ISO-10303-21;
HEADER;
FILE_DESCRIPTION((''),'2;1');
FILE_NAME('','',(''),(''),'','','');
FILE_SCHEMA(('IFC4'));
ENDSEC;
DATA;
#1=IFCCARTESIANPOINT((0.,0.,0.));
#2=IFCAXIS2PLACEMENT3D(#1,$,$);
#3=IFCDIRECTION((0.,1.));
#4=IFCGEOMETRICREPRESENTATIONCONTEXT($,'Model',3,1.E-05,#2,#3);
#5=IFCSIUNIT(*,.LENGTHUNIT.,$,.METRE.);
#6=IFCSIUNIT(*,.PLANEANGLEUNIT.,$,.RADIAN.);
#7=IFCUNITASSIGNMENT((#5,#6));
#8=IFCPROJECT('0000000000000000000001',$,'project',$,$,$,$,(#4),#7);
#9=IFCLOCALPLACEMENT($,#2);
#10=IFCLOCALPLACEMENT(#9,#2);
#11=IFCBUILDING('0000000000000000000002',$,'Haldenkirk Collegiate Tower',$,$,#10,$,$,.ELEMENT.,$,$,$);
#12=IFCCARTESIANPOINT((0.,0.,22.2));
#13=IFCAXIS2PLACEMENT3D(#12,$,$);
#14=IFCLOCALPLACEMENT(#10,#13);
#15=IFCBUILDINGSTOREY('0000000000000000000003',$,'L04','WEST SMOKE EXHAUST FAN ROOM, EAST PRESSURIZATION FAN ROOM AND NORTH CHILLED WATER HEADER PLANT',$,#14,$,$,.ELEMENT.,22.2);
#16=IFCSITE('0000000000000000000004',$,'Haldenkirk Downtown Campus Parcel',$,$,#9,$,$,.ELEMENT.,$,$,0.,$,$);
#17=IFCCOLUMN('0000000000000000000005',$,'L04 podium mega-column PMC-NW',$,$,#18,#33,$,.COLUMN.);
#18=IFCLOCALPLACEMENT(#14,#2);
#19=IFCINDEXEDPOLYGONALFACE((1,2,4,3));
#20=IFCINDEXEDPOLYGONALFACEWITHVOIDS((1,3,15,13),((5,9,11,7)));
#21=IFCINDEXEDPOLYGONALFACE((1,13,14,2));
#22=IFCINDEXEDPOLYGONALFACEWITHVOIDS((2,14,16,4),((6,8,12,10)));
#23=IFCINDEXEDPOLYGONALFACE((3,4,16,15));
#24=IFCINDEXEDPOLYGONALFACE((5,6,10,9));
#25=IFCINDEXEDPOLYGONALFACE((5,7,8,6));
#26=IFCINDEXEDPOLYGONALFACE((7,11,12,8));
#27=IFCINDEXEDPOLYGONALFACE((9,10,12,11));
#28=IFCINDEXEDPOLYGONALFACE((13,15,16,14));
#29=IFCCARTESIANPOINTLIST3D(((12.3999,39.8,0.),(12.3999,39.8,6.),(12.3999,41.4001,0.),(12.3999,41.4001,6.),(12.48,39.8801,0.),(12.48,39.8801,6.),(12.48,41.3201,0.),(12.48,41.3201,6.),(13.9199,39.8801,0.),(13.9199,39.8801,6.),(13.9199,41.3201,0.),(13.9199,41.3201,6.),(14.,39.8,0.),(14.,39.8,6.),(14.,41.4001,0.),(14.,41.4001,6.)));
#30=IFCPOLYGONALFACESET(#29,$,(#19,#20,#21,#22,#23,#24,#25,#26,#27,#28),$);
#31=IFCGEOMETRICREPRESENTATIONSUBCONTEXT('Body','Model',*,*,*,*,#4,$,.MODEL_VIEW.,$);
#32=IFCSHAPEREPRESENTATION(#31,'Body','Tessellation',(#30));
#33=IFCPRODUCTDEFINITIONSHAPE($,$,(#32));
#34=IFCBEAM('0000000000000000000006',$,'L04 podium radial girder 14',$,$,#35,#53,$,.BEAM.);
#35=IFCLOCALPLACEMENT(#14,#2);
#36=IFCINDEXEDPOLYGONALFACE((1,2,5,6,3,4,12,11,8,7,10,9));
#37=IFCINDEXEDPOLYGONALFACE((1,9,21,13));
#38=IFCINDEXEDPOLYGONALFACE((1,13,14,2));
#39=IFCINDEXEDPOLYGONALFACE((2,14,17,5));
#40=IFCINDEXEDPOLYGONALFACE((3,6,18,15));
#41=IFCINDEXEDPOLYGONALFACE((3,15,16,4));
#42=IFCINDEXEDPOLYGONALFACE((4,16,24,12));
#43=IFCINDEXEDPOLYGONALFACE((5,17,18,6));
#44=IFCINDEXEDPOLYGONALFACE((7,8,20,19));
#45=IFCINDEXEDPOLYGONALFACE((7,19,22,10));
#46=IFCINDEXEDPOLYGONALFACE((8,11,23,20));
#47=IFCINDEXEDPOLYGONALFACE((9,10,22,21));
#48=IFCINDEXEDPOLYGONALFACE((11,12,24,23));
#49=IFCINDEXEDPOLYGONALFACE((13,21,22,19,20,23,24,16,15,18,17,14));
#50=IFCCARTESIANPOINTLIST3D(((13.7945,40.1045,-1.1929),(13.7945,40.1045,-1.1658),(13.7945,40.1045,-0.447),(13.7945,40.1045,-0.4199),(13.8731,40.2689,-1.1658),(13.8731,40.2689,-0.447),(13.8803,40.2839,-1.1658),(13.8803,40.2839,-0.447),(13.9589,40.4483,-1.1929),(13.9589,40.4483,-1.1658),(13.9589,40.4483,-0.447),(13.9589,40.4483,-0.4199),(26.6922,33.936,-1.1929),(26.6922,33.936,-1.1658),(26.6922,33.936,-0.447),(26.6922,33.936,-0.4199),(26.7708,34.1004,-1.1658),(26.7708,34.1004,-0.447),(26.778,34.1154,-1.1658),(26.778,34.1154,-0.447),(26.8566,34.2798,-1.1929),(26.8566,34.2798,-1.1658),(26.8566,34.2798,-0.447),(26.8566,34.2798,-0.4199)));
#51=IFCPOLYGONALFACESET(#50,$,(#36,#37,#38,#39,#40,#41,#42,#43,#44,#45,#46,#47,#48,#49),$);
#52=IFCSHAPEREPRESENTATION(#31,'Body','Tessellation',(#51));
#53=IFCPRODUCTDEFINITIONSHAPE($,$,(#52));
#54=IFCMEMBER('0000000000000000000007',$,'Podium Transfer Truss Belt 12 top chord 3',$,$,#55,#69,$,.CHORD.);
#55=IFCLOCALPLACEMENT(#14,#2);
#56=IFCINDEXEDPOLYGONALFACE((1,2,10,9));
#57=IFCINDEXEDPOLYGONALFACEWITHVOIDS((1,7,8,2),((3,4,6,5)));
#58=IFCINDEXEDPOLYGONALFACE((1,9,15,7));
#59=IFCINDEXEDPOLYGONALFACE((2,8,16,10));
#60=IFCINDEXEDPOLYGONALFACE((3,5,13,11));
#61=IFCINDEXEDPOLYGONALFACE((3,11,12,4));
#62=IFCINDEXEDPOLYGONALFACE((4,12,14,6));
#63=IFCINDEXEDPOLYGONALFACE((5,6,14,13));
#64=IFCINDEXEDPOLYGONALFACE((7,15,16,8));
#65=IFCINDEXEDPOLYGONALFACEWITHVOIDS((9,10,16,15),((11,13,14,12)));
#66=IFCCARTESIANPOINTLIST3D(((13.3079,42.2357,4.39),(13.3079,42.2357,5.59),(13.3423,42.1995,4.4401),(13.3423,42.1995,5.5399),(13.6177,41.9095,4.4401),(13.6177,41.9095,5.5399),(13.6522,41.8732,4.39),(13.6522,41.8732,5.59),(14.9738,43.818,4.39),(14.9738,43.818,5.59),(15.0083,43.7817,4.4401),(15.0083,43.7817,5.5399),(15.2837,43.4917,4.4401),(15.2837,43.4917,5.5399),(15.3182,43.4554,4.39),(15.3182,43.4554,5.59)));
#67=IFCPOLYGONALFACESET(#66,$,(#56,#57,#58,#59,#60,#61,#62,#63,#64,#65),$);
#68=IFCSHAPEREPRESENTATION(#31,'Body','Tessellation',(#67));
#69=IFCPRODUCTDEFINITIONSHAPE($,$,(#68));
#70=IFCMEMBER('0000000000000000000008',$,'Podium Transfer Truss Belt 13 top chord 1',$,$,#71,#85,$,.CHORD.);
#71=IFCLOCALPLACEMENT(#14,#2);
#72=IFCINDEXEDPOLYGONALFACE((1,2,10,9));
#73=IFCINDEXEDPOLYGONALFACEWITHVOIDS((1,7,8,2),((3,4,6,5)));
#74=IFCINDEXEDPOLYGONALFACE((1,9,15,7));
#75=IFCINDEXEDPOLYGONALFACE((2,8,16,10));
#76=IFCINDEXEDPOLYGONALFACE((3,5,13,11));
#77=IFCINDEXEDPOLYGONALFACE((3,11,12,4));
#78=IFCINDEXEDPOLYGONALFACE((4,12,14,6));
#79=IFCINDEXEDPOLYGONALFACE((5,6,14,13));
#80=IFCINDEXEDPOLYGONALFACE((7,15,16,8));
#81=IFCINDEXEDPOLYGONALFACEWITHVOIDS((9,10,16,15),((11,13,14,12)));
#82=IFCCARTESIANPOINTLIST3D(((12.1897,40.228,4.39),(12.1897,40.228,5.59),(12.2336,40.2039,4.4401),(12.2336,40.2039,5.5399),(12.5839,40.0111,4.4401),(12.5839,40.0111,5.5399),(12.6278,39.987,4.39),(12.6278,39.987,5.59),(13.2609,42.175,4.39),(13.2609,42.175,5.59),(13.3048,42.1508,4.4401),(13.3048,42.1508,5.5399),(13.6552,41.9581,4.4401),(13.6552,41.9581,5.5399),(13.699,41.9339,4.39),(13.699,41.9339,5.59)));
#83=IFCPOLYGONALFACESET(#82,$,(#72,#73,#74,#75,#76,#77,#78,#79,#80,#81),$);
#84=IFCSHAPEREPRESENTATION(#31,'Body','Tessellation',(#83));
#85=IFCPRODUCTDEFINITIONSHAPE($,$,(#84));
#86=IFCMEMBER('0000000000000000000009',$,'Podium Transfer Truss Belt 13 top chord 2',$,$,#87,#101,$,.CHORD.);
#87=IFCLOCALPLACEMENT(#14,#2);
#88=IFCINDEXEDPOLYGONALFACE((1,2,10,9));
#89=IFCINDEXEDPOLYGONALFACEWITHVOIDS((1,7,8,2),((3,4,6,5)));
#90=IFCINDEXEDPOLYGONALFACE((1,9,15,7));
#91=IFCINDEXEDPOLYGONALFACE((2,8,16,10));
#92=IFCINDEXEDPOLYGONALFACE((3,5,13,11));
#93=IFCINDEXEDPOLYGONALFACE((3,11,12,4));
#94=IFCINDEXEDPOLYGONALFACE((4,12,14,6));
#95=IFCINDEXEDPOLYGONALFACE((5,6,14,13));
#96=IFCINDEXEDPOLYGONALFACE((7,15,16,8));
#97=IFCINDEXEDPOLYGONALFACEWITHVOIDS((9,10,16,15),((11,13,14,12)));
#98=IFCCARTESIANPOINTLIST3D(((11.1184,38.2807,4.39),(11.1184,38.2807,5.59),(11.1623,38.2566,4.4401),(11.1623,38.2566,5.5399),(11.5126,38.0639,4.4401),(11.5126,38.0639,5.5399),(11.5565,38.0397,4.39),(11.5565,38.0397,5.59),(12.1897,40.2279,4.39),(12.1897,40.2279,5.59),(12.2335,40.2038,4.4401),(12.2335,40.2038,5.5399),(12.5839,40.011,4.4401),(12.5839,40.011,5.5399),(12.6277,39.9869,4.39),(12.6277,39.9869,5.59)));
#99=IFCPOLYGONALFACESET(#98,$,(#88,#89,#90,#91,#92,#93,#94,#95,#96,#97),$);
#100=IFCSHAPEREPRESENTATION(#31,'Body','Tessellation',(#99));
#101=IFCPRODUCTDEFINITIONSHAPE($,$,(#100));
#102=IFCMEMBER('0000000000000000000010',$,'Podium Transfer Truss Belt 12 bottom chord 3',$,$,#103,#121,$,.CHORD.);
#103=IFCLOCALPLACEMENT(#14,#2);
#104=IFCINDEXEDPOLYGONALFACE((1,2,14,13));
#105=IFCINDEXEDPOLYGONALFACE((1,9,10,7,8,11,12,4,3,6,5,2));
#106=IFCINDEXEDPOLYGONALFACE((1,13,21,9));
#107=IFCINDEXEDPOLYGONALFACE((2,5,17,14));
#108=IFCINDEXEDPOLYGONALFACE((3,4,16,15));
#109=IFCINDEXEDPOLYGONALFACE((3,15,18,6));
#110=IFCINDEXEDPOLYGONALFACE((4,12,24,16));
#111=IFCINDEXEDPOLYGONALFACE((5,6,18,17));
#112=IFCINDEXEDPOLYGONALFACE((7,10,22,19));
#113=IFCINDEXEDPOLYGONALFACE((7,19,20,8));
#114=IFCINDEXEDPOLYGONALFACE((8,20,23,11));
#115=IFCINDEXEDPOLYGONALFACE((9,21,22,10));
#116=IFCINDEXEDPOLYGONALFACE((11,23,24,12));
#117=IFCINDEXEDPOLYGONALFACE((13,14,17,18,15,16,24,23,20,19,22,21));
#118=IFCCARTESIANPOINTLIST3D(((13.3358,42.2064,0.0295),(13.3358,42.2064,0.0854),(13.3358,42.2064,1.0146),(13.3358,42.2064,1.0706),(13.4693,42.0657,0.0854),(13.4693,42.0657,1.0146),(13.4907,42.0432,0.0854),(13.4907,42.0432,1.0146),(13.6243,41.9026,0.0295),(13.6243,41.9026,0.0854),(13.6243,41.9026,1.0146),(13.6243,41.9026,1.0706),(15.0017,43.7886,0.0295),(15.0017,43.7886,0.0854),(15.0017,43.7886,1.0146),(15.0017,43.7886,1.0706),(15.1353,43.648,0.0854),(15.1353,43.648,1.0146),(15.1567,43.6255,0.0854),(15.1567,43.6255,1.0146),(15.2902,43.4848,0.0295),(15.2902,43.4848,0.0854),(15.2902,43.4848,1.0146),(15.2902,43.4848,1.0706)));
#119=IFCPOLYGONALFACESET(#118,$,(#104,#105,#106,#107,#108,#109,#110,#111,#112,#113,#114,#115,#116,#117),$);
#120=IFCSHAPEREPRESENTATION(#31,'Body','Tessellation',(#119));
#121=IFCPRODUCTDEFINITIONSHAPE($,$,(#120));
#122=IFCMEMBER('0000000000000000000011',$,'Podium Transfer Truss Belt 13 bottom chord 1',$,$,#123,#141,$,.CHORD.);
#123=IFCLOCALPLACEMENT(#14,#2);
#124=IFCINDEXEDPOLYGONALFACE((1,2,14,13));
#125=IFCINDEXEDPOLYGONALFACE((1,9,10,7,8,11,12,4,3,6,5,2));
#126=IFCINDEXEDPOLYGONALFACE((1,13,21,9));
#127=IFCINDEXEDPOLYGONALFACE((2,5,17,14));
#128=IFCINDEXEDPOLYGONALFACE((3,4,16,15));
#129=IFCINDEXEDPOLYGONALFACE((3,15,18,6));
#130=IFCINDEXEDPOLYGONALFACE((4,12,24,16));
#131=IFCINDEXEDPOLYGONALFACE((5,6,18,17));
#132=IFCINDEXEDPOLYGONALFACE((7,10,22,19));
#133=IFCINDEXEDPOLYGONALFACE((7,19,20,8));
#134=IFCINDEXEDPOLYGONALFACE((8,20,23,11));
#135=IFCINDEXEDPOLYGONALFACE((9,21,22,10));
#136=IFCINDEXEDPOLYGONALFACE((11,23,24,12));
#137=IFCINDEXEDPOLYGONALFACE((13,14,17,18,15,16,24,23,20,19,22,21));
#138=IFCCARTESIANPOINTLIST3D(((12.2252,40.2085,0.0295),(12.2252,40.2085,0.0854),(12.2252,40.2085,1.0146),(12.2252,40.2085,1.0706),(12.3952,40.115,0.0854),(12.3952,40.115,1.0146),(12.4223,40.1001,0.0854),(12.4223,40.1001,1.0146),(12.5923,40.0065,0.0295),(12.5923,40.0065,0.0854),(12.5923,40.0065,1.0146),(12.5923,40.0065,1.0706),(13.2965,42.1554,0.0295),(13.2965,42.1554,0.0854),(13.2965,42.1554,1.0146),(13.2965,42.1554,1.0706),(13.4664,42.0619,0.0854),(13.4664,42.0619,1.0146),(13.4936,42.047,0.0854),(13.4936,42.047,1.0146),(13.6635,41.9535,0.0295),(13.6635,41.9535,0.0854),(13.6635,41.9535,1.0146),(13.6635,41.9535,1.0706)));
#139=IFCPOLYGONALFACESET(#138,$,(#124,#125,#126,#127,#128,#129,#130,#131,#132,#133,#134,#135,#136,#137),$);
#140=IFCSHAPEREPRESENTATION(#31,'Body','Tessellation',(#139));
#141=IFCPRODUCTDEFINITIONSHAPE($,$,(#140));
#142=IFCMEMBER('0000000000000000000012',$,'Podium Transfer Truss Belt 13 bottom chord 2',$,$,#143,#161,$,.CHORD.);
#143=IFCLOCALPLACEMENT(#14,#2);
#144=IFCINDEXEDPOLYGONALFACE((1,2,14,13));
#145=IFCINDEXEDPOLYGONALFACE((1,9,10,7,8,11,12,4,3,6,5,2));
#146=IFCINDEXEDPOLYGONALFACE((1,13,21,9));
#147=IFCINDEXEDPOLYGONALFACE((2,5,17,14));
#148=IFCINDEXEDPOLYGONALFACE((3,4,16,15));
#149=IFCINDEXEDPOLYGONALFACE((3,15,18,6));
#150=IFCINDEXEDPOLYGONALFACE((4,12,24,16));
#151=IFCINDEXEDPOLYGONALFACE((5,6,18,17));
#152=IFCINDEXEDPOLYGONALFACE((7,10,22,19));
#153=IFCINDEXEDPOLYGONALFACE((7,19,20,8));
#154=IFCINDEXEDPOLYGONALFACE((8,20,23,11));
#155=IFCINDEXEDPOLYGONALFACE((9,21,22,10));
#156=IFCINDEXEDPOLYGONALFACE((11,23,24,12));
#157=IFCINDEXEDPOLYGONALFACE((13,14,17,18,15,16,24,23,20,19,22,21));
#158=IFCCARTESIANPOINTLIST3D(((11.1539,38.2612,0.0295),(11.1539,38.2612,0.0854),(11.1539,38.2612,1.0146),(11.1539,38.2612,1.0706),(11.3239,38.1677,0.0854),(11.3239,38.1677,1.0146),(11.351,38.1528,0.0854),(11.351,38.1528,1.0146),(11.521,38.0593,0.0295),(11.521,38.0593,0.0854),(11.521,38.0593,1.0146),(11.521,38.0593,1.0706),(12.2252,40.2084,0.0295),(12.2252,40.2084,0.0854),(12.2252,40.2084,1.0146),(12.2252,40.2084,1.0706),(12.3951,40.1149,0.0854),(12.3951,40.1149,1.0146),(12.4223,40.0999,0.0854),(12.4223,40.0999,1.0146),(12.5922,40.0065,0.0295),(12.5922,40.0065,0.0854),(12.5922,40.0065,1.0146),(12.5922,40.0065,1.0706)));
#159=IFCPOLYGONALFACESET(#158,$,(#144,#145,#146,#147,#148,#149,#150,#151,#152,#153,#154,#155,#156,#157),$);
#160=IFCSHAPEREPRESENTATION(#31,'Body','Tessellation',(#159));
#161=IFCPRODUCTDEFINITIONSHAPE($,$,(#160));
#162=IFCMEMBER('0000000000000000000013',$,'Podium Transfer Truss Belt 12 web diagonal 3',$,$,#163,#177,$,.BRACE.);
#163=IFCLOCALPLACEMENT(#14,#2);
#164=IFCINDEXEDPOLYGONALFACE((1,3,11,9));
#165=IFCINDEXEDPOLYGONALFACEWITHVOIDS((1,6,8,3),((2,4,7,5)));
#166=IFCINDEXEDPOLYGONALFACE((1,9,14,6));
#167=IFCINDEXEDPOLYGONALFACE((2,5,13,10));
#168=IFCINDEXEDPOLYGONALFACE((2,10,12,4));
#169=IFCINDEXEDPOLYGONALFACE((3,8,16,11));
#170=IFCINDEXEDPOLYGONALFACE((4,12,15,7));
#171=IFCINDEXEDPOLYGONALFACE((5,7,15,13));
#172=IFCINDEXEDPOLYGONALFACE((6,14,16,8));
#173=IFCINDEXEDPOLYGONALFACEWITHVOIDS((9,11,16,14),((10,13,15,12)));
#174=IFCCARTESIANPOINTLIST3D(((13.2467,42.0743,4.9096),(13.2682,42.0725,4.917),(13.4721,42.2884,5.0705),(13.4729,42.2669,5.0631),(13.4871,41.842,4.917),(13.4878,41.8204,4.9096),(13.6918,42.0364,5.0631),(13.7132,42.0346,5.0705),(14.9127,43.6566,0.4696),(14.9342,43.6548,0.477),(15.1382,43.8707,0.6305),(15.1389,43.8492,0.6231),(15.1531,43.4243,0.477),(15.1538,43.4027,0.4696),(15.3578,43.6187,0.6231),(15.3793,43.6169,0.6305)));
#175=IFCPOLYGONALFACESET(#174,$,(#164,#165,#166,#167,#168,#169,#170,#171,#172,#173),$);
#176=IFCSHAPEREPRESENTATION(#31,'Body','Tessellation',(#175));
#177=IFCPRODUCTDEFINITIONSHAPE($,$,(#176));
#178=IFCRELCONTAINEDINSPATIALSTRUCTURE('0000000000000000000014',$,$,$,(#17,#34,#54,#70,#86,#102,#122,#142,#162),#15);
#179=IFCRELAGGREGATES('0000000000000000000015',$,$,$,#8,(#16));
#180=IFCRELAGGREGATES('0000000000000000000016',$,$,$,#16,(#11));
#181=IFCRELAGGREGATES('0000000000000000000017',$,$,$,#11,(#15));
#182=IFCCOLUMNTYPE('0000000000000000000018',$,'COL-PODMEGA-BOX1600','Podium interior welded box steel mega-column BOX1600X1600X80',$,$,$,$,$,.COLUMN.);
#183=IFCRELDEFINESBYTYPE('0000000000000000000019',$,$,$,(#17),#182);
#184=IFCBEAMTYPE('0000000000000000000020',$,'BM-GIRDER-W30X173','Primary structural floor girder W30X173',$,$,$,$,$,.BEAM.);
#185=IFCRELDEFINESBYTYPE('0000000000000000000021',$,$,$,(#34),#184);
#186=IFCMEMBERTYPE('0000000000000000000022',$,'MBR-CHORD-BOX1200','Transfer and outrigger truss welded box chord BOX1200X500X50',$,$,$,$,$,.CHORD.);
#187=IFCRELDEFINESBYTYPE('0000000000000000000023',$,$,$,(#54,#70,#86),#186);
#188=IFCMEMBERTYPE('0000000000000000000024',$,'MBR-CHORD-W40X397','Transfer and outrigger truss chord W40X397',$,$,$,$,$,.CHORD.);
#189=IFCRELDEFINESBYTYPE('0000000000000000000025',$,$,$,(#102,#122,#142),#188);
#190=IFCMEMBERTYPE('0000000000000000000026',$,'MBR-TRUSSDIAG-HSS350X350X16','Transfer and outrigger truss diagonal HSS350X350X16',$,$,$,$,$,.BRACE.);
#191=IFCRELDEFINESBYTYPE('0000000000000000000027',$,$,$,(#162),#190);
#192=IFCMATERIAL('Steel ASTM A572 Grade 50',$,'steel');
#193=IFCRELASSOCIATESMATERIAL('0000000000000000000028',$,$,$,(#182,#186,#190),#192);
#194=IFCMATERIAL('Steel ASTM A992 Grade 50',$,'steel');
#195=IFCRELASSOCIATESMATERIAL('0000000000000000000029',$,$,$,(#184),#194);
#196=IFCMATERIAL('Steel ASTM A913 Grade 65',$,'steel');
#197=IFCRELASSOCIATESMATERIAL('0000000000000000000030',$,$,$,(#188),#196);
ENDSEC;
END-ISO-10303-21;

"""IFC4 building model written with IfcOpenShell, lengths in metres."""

from ifc_helpers import new_model, si_unit, direction, frame, origin, origin_2d, place, context, subcontext, project, spatial, hollow_rectangle, i_section, extrude, material, material_profile, profile_set, type_object, element, save


model = new_model("IFC4")

# Units and contexts
model_context = context("Model", 3, precision=1e-05, world=origin(), true_north=direction((0.0, 1.0)))
body_context = subcontext(model_context, "Body", "Model", "MODEL_VIEW")
ifc_project = project(units=[si_unit("LENGTHUNIT", "METRE"), si_unit("PLANEANGLEUNIT", "RADIAN")], contexts=[model_context])

# Site, building, storey
site_placement = place(None, origin())
site = spatial("IfcSite", under=ifc_project, at=site_placement, Name="Haldenkirk Downtown Campus Parcel", CompositionType="ELEMENT", RefElevation=0.0)
building_placement = place(site_placement, origin())
building = spatial("IfcBuilding", under=site, at=building_placement, Name="Haldenkirk Collegiate Tower", CompositionType="ELEMENT")
storey_placement = place(building_placement, frame((0.0, 0.0, 22.2)))
storey = spatial("IfcBuildingStorey", under=building, at=storey_placement, Name="L04", Description="WEST SMOKE EXHAUST FAN ROOM, EAST PRESSURIZATION FAN ROOM AND NORTH CHILLED WATER HEADER PLANT", CompositionType="ELEMENT", Elevation=22.2)

# Column
ifc_material_1 = material(Name="Steel ASTM A572 Grade 50", Category="steel")
ifc_material_profile_1 = material_profile(ifc_material_1, hollow_rectangle(XDim=1.6001, YDim=1.6001, WallThickness=0.0801, at=origin_2d()), Name="BOX1600X1600X80")
ifc_profile_set_1 = profile_set([ifc_material_profile_1], Name="Steel ASTM A572 Grade 50")
column_type = type_object("IfcColumnType", Name="COL-PODMEGA-BOX1600", Description="Podium interior welded box steel mega-column BOX1600X1600X80", PredefinedType="COLUMN", material=ifc_profile_set_1)
column_placement = place(storey_placement, frame((13.2, 40.6001, 0.0), z_axis=(0.0, 0.0, 1.0), x_axis=(1.0, 0.0, 0.0)))
element("IfcColumn", 1, at=column_placement, inside=storey, type_object=column_type, Name="L04 podium mega-column PMC-NW", PredefinedType="COLUMN", context=body_context, shape_type="SweptSolid", body=[
    extrude(hollow_rectangle(XDim=1.6001, YDim=1.6001, WallThickness=0.0801, at=origin_2d()), origin(), (0.0, 0.0, 1.0), 6.0),
])

# Beam
ifc_material_2 = material(Name="Steel ASTM A992 Grade 50", Category="steel")
ifc_material_profile_2 = material_profile(ifc_material_2, i_section(OverallWidth=0.3811, OverallDepth=0.7729, WebThickness=0.0166, FlangeThickness=0.0271, at=origin_2d()), Name="W30X173")
ifc_profile_set_2 = profile_set([ifc_material_profile_2], Name="Steel ASTM A992 Grade 50")
beam_type = type_object("IfcBeamType", Name="BM-GIRDER-W30X173", Description="Primary structural floor girder W30X173", PredefinedType="BEAM", material=ifc_profile_set_2)
beam_placement = place(storey_placement, frame((13.8767, 40.2764, -0.8064), z_axis=(0.902135, -0.431455, 0.0), x_axis=(0.431455, 0.902135, 0.0)))
element("IfcBeam", 2, at=beam_placement, inside=storey, type_object=beam_type, Name="L04 podium radial girder 14", PredefinedType="BEAM", context=body_context, shape_type="SweptSolid", body=[
    extrude(i_section(OverallWidth=0.3811, OverallDepth=0.7729, WebThickness=0.0166, FlangeThickness=0.0271, at=origin_2d()), origin(), (0.0, 0.0, 1.0), 14.2969),
])

# Members
ifc_material_profile_3 = material_profile(ifc_material_1, hollow_rectangle(XDim=0.5, YDim=1.2, WallThickness=0.05, at=origin_2d()), Name="BOX1200X500X50")
ifc_profile_set_3 = profile_set([ifc_material_profile_3], Name="Steel ASTM A572 Grade 50")
member_type_1 = type_object("IfcMemberType", Name="MBR-CHORD-BOX1200", Description="Transfer and outrigger truss welded box chord BOX1200X500X50", PredefinedType="CHORD", material=ifc_profile_set_3)
member_1_placement = place(storey_placement, frame((15.146, 43.6367, 4.99), z_axis=(-0.725095, -0.688649, 0.0), x_axis=(0.688649, -0.725095, 0.0)))
element("IfcMember", 3, at=member_1_placement, inside=storey, type_object=member_type_1, Name="Podium Transfer Truss Belt 12 top chord 3", PredefinedType="CHORD", context=body_context, shape_type="SweptSolid", body=[
    extrude(hollow_rectangle(XDim=0.5, YDim=1.2, WallThickness=0.05, at=origin_2d()), origin(), (0.0, 0.0, 1.0), 2.2976),
])
member_2_placement = place(storey_placement, frame((13.48, 42.0544, 4.99), z_axis=(-0.482066, -0.876135, 0.0), x_axis=(0.876135, -0.482066, 0.0)))
element("IfcMember", 4, at=member_2_placement, inside=storey, type_object=member_type_1, Name="Podium Transfer Truss Belt 13 top chord 1", PredefinedType="CHORD", context=body_context, shape_type="SweptSolid", body=[
    extrude(hollow_rectangle(XDim=0.5, YDim=1.2, WallThickness=0.05, at=origin_2d()), origin(), (0.0, 0.0, 1.0), 2.2222),
])
member_3_placement = place(storey_placement, frame((12.4087, 40.1074, 4.99), z_axis=(-0.48202, -0.87616, 0.0), x_axis=(0.87616, -0.48202, 0.0)))
element("IfcMember", 5, at=member_3_placement, inside=storey, type_object=member_type_1, Name="Podium Transfer Truss Belt 13 top chord 2", PredefinedType="CHORD", context=body_context, shape_type="SweptSolid", body=[
    extrude(hollow_rectangle(XDim=0.5, YDim=1.2, WallThickness=0.05, at=origin_2d()), origin(), (0.0, 0.0, 1.0), 2.2224),
])
ifc_material_3 = material(Name="Steel ASTM A913 Grade 65", Category="steel")
ifc_material_profile_4 = material_profile(ifc_material_3, i_section(OverallWidth=0.4189, OverallDepth=1.041, WebThickness=0.031, FlangeThickness=0.0559, at=origin_2d()), Name="W40X397")
ifc_profile_set_4 = profile_set([ifc_material_profile_4], Name="Steel ASTM A913 Grade 65")
member_type_2 = type_object("IfcMemberType", Name="MBR-CHORD-W40X397", Description="Transfer and outrigger truss chord W40X397", PredefinedType="CHORD", material=ifc_profile_set_4)
member_4_placement = place(storey_placement, frame((15.146, 43.6367, 0.55), z_axis=(-0.725095, -0.688649, 0.0), x_axis=(0.688649, -0.725095, 0.0)))
element("IfcMember", 6, at=member_4_placement, inside=storey, type_object=member_type_2, Name="Podium Transfer Truss Belt 12 bottom chord 3", PredefinedType="CHORD", context=body_context, shape_type="SweptSolid", body=[
    extrude(i_section(OverallWidth=0.4189, OverallDepth=1.041, WebThickness=0.031, FlangeThickness=0.0559, at=origin_2d()), origin(), (0.0, 0.0, 1.0), 2.2976),
])
member_5_placement = place(storey_placement, frame((13.48, 42.0544, 0.55), z_axis=(-0.482066, -0.876135, 0.0), x_axis=(0.876135, -0.482066, 0.0)))
element("IfcMember", 7, at=member_5_placement, inside=storey, type_object=member_type_2, Name="Podium Transfer Truss Belt 13 bottom chord 1", PredefinedType="CHORD", context=body_context, shape_type="SweptSolid", body=[
    extrude(i_section(OverallWidth=0.4189, OverallDepth=1.041, WebThickness=0.031, FlangeThickness=0.0559, at=origin_2d()), origin(), (0.0, 0.0, 1.0), 2.2222),
])
member_6_placement = place(storey_placement, frame((12.4087, 40.1074, 0.55), z_axis=(-0.48202, -0.87616, 0.0), x_axis=(0.87616, -0.48202, 0.0)))
element("IfcMember", 8, at=member_6_placement, inside=storey, type_object=member_type_2, Name="Podium Transfer Truss Belt 13 bottom chord 2", PredefinedType="CHORD", context=body_context, shape_type="SweptSolid", body=[
    extrude(i_section(OverallWidth=0.4189, OverallDepth=1.041, WebThickness=0.031, FlangeThickness=0.0559, at=origin_2d()), origin(), (0.0, 0.0, 1.0), 2.2224),
])
ifc_material_profile_5 = material_profile(ifc_material_1, hollow_rectangle(XDim=0.3501, YDim=0.3501, WallThickness=0.0161, at=origin_2d()), Name="HSS350X350X16")
ifc_profile_set_5 = profile_set([ifc_material_profile_5], Name="Steel ASTM A572 Grade 50")
member_type_3 = type_object("IfcMemberType", Name="MBR-TRUSSDIAG-HSS350X350X16", Description="Transfer and outrigger truss diagonal HSS350X350X16", PredefinedType="BRACE", material=ifc_profile_set_5)
member_7_placement = place(storey_placement, frame((15.146, 43.6367, 0.55), z_axis=(-0.333255, -0.316504, 0.888125), x_axis=(0.688649, -0.725095, 0.0)))
element("IfcMember", 9, at=member_7_placement, inside=storey, type_object=member_type_3, Name="Podium Transfer Truss Belt 12 web diagonal 3", PredefinedType="BRACE", context=body_context, shape_type="SweptSolid", body=[
    extrude(hollow_rectangle(XDim=0.3501, YDim=0.3501, WallThickness=0.0161, at=origin_2d()), origin(), (0.0, 0.0, 1.0), 4.9993),
])

save(model, "model.ifc")
